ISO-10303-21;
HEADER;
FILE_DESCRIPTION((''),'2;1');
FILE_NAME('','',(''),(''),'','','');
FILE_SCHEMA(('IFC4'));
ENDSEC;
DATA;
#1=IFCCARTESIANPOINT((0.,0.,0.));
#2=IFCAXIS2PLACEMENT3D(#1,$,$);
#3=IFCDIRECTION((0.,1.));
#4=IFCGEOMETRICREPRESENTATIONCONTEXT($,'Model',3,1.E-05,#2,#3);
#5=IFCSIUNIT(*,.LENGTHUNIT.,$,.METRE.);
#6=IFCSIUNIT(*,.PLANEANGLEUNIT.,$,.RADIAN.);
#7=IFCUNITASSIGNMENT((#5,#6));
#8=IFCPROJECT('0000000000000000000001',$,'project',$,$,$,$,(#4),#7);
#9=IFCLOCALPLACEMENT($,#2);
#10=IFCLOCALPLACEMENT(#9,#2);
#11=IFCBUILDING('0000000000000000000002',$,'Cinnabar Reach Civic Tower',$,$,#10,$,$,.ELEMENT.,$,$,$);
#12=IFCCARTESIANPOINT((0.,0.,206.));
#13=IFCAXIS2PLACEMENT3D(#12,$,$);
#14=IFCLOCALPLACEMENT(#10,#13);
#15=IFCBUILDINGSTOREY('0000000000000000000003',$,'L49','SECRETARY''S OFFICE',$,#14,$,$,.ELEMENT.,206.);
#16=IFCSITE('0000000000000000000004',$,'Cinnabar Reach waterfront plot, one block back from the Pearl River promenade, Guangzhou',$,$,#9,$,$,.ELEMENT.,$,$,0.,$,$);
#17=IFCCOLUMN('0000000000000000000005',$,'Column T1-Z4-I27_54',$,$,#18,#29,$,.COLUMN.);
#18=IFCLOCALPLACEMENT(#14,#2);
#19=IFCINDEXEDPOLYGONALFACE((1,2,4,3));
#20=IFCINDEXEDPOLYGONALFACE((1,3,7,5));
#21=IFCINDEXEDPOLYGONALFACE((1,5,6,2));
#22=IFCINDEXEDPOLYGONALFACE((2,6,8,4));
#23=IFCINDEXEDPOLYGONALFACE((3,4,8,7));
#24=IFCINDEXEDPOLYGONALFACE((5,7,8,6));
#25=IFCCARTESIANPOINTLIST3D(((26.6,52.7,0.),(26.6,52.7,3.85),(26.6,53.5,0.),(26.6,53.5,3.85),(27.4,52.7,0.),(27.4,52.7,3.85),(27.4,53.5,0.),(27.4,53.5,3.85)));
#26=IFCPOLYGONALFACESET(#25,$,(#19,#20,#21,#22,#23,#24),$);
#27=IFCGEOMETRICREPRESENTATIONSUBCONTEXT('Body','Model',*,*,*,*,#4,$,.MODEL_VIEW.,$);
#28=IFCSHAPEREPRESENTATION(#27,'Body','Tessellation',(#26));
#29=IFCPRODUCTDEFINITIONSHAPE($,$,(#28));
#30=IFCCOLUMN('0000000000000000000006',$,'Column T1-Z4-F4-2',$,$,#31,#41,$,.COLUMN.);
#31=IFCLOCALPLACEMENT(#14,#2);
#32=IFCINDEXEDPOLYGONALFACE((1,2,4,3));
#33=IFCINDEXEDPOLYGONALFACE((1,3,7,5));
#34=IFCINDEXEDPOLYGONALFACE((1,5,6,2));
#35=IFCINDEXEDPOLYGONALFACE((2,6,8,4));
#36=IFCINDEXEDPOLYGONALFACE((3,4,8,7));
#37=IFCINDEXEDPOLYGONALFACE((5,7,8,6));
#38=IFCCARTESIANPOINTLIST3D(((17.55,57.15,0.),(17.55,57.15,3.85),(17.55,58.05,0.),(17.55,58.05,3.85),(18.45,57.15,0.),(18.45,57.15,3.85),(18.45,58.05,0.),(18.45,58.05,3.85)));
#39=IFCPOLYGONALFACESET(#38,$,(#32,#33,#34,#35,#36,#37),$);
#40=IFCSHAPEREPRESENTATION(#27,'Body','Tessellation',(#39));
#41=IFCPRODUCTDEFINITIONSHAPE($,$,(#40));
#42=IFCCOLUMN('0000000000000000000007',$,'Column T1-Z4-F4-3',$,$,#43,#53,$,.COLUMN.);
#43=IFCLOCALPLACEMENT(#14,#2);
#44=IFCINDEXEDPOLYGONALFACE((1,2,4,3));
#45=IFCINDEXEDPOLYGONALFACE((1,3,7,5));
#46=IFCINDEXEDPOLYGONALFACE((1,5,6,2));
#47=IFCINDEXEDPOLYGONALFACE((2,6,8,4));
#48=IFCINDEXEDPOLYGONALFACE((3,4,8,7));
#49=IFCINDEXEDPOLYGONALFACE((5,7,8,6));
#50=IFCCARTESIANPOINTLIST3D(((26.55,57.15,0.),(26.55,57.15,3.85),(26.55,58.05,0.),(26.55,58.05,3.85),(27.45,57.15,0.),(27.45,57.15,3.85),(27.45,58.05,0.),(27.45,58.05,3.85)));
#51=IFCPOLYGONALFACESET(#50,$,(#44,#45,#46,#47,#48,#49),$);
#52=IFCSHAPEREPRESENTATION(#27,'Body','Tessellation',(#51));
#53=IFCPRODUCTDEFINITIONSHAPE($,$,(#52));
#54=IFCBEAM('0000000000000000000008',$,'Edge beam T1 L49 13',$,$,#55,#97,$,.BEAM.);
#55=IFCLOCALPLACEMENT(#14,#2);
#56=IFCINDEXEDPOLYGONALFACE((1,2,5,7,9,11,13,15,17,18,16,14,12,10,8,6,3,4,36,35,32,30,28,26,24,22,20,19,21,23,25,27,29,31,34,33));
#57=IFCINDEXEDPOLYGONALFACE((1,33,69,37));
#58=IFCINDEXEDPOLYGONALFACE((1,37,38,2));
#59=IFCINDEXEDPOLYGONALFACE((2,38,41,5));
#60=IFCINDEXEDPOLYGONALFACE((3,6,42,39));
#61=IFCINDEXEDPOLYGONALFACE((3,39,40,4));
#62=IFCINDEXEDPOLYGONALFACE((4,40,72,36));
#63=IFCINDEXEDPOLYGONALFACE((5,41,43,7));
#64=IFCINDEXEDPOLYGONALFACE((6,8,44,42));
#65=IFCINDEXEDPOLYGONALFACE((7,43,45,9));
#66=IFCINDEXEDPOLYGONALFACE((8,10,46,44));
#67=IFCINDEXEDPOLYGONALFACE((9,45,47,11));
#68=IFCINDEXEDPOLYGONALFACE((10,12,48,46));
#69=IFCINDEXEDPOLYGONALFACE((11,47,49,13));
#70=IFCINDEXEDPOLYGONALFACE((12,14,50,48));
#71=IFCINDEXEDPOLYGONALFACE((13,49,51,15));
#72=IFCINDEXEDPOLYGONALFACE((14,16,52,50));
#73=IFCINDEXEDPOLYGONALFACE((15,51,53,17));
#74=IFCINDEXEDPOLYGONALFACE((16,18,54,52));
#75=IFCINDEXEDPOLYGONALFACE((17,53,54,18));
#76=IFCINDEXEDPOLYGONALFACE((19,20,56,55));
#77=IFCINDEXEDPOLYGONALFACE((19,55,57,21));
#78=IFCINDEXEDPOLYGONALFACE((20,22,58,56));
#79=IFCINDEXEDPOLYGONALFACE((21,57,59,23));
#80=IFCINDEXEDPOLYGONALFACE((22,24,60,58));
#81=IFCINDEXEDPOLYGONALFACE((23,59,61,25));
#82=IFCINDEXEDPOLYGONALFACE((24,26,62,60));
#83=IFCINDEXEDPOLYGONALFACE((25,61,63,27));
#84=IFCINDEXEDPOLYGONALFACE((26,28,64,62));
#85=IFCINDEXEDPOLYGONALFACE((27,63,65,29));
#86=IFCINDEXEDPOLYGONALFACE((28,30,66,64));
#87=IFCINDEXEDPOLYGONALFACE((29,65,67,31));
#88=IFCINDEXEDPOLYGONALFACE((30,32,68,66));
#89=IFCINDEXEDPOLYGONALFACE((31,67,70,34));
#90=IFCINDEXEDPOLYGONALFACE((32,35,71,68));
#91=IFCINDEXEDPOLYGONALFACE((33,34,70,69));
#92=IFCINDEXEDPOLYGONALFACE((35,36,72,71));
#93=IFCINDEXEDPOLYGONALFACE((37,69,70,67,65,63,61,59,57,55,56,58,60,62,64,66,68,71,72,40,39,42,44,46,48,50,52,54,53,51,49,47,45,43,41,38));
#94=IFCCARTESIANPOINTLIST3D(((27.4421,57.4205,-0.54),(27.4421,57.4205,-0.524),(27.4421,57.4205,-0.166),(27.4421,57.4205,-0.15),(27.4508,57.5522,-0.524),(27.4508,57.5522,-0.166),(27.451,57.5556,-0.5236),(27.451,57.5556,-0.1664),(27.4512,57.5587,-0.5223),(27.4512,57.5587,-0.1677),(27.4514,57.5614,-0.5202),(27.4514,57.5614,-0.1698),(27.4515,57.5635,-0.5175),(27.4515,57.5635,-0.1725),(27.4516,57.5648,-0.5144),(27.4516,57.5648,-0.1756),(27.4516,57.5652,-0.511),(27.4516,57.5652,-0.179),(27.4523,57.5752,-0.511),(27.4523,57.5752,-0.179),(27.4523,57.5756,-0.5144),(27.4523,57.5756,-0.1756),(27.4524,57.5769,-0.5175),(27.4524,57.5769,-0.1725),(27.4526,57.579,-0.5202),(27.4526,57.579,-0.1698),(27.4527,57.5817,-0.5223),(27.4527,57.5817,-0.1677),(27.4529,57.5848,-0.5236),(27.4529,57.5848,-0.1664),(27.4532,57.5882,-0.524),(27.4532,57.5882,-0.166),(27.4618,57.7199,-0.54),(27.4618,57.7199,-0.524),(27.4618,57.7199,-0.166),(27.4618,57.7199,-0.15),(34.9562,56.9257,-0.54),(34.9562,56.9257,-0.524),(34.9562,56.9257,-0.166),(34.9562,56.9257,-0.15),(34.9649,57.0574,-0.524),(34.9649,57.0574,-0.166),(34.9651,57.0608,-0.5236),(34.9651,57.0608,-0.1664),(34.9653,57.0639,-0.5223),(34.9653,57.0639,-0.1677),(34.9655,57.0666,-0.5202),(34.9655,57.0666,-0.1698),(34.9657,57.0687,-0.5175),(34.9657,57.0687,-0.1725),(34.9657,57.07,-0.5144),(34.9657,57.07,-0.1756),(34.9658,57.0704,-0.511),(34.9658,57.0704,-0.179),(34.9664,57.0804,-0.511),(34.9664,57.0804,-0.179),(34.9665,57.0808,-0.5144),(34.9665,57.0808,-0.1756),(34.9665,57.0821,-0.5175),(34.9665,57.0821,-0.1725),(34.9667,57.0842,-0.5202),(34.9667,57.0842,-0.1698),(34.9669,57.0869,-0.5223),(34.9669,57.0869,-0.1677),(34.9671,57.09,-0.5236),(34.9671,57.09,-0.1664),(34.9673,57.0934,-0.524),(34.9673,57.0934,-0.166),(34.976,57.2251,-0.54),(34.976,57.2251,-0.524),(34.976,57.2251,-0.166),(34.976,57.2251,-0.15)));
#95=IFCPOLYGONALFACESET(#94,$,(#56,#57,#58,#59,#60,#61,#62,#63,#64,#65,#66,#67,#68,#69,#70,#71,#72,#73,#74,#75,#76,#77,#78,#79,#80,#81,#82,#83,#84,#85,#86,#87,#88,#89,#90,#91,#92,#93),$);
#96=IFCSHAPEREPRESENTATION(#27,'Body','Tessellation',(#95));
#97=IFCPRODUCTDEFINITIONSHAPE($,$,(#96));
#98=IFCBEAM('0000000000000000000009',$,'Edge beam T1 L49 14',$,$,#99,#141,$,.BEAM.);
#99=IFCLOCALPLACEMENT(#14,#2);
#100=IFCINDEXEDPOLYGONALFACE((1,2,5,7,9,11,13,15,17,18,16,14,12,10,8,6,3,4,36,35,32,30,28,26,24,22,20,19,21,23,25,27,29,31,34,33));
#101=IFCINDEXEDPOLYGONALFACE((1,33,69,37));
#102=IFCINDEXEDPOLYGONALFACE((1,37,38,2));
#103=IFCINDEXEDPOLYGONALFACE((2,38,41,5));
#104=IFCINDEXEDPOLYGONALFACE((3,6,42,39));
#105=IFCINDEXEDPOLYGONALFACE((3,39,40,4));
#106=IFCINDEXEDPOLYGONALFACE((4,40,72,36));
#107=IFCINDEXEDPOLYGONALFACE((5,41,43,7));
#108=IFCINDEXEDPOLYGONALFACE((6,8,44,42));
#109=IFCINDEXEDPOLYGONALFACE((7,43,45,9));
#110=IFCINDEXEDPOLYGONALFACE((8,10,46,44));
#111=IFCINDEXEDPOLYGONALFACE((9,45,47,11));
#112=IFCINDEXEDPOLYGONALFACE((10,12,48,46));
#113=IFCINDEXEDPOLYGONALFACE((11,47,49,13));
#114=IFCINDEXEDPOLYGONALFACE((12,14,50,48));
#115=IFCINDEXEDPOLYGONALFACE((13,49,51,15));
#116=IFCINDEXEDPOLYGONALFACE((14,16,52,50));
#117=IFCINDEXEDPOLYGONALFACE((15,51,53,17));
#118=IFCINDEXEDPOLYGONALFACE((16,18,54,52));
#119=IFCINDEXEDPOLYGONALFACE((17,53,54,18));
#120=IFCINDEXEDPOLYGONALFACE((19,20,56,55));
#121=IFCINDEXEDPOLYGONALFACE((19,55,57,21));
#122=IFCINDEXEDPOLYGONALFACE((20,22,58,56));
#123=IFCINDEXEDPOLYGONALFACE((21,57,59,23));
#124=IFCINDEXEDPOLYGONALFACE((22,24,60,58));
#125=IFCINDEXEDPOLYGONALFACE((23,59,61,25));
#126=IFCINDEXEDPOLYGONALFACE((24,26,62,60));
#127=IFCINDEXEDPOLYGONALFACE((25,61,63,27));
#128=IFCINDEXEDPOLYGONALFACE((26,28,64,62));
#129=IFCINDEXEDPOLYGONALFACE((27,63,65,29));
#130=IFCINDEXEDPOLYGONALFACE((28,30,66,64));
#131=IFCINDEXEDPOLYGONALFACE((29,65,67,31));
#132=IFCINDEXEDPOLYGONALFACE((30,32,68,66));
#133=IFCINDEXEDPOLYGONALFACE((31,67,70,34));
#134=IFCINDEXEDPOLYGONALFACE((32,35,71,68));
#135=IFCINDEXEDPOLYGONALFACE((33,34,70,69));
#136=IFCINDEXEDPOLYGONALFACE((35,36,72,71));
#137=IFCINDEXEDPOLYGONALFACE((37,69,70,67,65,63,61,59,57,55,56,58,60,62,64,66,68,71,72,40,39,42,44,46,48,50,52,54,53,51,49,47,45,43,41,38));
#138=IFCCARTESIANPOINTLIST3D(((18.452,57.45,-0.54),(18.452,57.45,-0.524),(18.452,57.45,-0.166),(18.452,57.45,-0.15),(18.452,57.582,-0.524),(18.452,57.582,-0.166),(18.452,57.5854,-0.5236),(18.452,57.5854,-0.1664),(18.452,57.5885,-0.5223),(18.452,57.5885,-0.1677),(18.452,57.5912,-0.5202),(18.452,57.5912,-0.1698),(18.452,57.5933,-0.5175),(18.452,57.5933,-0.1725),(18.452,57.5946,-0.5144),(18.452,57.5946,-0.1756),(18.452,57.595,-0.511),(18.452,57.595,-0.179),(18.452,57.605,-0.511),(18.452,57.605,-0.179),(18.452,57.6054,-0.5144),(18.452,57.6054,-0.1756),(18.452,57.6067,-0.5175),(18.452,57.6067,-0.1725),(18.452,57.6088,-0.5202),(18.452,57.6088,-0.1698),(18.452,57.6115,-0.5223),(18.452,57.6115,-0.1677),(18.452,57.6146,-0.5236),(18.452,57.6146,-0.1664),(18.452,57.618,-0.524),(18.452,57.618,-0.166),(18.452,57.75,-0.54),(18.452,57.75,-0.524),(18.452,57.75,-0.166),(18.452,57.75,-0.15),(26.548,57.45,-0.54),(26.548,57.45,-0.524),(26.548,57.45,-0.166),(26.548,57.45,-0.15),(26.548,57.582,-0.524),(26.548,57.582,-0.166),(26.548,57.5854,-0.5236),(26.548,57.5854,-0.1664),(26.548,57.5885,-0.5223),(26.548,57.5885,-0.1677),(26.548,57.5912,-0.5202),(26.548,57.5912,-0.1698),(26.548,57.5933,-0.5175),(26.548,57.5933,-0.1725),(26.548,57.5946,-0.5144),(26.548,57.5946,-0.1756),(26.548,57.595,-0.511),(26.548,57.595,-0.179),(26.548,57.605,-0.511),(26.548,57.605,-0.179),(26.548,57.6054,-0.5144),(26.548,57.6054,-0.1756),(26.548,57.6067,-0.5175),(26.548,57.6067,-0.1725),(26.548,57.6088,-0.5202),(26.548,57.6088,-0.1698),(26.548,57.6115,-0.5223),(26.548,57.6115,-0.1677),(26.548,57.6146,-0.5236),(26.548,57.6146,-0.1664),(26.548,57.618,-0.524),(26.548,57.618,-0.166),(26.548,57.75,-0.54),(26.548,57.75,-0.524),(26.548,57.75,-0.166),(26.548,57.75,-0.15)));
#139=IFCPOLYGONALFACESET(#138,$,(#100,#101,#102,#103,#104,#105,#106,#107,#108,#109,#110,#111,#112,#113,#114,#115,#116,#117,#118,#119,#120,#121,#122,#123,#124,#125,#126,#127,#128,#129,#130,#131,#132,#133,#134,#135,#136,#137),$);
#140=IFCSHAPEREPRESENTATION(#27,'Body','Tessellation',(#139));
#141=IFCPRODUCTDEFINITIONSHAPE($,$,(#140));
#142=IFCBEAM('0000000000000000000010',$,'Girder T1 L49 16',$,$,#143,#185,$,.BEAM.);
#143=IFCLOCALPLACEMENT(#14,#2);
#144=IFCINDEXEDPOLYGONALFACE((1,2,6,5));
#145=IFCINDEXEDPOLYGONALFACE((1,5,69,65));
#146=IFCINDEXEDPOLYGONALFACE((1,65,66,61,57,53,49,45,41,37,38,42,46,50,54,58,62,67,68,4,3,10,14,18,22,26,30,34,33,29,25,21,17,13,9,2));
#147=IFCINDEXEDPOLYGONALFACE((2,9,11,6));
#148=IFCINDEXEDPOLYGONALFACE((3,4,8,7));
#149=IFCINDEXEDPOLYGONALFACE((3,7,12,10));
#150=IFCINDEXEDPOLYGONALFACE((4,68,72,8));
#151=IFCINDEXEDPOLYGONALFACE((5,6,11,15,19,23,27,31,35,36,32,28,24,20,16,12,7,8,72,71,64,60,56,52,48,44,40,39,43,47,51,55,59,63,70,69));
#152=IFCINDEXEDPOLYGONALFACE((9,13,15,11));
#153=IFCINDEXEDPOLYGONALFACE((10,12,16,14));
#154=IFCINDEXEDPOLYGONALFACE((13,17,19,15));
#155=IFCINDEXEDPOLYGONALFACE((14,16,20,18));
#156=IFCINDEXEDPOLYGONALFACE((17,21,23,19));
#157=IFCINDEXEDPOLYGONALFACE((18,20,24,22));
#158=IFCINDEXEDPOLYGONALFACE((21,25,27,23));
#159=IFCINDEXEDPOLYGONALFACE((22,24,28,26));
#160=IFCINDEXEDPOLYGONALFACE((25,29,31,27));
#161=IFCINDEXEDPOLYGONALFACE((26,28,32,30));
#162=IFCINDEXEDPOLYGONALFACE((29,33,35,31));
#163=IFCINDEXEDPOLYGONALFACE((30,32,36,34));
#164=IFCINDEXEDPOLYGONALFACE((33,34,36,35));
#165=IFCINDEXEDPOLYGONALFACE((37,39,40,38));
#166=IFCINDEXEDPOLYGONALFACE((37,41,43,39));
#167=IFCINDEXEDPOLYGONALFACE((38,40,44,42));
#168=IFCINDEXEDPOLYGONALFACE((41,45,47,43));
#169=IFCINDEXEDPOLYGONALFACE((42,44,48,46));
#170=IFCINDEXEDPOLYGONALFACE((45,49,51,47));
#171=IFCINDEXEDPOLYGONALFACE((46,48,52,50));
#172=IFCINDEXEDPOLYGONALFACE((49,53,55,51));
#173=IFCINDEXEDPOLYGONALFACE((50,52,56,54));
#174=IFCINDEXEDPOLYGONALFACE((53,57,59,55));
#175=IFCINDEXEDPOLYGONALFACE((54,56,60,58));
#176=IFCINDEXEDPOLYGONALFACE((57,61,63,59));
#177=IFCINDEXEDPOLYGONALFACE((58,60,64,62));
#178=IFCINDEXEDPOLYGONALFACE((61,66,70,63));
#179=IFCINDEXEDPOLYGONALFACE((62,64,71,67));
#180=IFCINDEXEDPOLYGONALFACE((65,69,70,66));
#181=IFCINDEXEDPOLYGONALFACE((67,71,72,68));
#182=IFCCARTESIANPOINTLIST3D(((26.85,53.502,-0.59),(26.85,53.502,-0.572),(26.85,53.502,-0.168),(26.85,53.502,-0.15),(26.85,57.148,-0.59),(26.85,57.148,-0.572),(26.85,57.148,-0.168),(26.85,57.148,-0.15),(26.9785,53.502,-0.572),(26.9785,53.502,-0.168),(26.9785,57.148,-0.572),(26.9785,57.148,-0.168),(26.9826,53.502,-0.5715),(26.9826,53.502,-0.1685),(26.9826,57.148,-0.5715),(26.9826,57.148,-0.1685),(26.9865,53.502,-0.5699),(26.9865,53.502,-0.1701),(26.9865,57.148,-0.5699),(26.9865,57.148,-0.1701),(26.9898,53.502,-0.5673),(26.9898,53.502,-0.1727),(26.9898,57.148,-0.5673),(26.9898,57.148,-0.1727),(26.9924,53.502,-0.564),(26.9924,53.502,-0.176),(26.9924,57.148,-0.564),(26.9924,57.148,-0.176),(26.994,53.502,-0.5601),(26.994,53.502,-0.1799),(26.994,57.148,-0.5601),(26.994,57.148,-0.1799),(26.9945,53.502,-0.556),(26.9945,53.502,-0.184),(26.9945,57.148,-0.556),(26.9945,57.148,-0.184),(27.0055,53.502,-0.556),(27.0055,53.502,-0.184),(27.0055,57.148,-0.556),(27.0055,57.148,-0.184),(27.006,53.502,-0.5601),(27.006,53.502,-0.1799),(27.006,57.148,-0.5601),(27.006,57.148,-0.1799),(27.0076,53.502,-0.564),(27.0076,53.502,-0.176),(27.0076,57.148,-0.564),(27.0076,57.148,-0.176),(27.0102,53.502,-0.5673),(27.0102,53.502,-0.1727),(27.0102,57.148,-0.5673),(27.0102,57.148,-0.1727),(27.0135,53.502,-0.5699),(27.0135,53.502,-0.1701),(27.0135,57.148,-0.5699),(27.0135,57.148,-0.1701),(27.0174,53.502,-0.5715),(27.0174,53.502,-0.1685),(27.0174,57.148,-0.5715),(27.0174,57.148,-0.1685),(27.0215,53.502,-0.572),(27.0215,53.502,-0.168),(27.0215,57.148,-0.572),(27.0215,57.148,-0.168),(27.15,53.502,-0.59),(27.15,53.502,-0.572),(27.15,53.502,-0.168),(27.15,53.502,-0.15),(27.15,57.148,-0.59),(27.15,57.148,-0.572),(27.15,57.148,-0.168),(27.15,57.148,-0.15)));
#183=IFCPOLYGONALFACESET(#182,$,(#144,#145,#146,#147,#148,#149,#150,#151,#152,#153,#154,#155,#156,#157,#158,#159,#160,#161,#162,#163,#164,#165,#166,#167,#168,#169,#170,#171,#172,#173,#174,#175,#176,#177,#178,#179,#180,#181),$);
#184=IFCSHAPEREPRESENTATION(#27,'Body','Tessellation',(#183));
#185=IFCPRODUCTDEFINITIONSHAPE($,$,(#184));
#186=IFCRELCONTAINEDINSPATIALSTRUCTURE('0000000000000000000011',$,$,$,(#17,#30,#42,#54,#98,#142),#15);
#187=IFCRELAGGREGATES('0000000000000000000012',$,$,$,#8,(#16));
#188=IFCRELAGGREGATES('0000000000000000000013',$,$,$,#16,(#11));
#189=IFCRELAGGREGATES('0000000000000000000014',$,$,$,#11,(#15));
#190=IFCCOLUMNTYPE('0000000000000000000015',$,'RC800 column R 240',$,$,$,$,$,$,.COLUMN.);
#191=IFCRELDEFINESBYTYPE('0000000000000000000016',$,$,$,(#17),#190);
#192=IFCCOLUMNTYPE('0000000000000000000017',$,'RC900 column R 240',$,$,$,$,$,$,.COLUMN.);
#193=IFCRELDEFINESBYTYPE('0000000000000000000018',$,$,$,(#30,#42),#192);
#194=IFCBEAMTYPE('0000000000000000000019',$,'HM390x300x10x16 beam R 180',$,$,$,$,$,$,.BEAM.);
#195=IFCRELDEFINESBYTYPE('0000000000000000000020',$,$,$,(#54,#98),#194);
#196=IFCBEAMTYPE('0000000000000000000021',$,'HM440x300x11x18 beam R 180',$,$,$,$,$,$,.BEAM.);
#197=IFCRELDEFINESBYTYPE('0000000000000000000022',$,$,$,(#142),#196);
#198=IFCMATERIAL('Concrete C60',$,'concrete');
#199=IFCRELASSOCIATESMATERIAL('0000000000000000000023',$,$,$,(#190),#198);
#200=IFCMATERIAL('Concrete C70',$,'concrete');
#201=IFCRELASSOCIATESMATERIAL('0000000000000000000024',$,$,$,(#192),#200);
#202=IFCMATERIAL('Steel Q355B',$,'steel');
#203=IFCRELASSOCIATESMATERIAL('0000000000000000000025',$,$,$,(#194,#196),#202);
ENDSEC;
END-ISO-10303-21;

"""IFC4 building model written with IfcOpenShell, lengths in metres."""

from ifc_helpers import new_model, si_unit, direction, frame, origin, origin_2d, place, context, subcontext, project, spatial, rectangle, i_section, extrude, material, material_profile, profile_set, type_object, element, save


model = new_model("IFC4")

# Units and contexts
model_context = context("Model", 3, precision=1e-05, world=origin(), true_north=direction((0.0, 1.0)))
body_context = subcontext(model_context, "Body", "Model", "MODEL_VIEW")
ifc_project = project(units=[si_unit("LENGTHUNIT", "METRE"), si_unit("PLANEANGLEUNIT", "RADIAN")], contexts=[model_context])

# Site, building, storey
site_placement = place(None, origin())
site = spatial("IfcSite", under=ifc_project, at=site_placement, Name="Cinnabar Reach waterfront plot, one block back from the Pearl River promenade, Guangzhou", CompositionType="ELEMENT", RefElevation=0.0)
building_placement = place(site_placement, origin())
building = spatial("IfcBuilding", under=site, at=building_placement, Name="Cinnabar Reach Civic Tower", CompositionType="ELEMENT")
storey_placement = place(building_placement, frame((0.0, 0.0, 206.0)))
storey = spatial("IfcBuildingStorey", under=building, at=storey_placement, Name="L49", Description="SECRETARY'S OFFICE", CompositionType="ELEMENT", Elevation=206.0)

# Columns
ifc_material_1 = material(Name="Concrete C60", Category="concrete")
ifc_material_profile_1 = material_profile(ifc_material_1, rectangle(XDim=0.8, YDim=0.8, at=origin_2d()), Name="RC800")
ifc_profile_set_1 = profile_set([ifc_material_profile_1], Name="Concrete C60")
column_type_1 = type_object("IfcColumnType", Name="RC800 column R 240", PredefinedType="COLUMN", material=ifc_profile_set_1)
column_placement = place(storey_placement, frame((27.0, 53.1, 0.0), z_axis=(0.0, 0.0, 1.0), x_axis=(1.0, 0.0, 0.0)))
element("IfcColumn", 1, at=column_placement, inside=storey, type_object=column_type_1, Name="Column T1-Z4-I27_54", PredefinedType="COLUMN", context=body_context, shape_type="SweptSolid", body=[
    extrude(rectangle(XDim=0.8, YDim=0.8, at=origin_2d()), origin(), (0.0, 0.0, 1.0), 3.85),
])
ifc_material_2 = material(Name="Concrete C70", Category="concrete")
ifc_material_profile_2 = material_profile(ifc_material_2, rectangle(XDim=0.9, YDim=0.9, at=origin_2d()), Name="RC900")
ifc_profile_set_2 = profile_set([ifc_material_profile_2], Name="Concrete C70")
column_type_2 = type_object("IfcColumnType", Name="RC900 column R 240", PredefinedType="COLUMN", material=ifc_profile_set_2)
for number, where, z_axis, x_axis, name in (
    (2, (18.0, 57.6, 0.0), (0.0, 0.0, 1.0), (1.0, 0.0, 0.0), "Column T1-Z4-F4-2"),
    (3, (27.0, 57.6, 0.0), (0.0, 0.0, 1.0), (1.0, 0.0, 0.0), "Column T1-Z4-F4-3"),
):
    element("IfcColumn", number, at=place(storey_placement, frame(where, z_axis=z_axis, x_axis=x_axis)), inside=storey, type_object=column_type_2, Name=name, PredefinedType="COLUMN", context=body_context, shape_type="SweptSolid", body=[
        extrude(rectangle(XDim=0.9, YDim=0.9, at=origin_2d()), origin(), (0.0, 0.0, 1.0), 3.85),
    ])

# Beams
ifc_material_3 = material(Name="Steel Q355B", Category="steel")
ifc_material_profile_3 = material_profile(ifc_material_3, i_section(OverallWidth=0.3, OverallDepth=0.39, WebThickness=0.01, FlangeThickness=0.016, FilletRadius=0.013, at=origin_2d()), Name="HM390x300x10x16")
ifc_profile_set_3 = profile_set([ifc_material_profile_3], Name="Steel Q355B")
beam_type_1 = type_object("IfcBeamType", Name="HM390x300x10x16 beam R 180", PredefinedType="BEAM", material=ifc_profile_set_3)
beam_1_placement = place(storey_placement, frame((34.9661, 57.0754, -0.345), z_axis=(-0.997839, 0.065707, 0.0), x_axis=(-0.065707, -0.997839, 0.0)))
element("IfcBeam", 4, at=beam_1_placement, inside=storey, type_object=beam_type_1, Name="Edge beam T1 L49 13", PredefinedType="BEAM", context=body_context, shape_type="SweptSolid", body=[
    extrude(i_section(OverallWidth=0.3, OverallDepth=0.39, WebThickness=0.01, FlangeThickness=0.016, FilletRadius=0.013, at=origin_2d()), origin(), (0.0, 0.0, 1.0), 7.5304),
])
beam_2_placement = place(storey_placement, frame((26.548, 57.6, -0.345), z_axis=(-1.0, 0.0, 0.0), x_axis=(0.0, -1.0, 0.0)))
element("IfcBeam", 5, at=beam_2_placement, inside=storey, type_object=beam_type_1, Name="Edge beam T1 L49 14", PredefinedType="BEAM", context=body_context, shape_type="SweptSolid", body=[
    extrude(i_section(OverallWidth=0.3, OverallDepth=0.39, WebThickness=0.01, FlangeThickness=0.016, FilletRadius=0.013, at=origin_2d()), origin(), (0.0, 0.0, 1.0), 8.096),
])
ifc_material_profile_4 = material_profile(ifc_material_3, i_section(OverallWidth=0.3, OverallDepth=0.44, WebThickness=0.011, FlangeThickness=0.018, FilletRadius=0.016, at=origin_2d()), Name="HM440x300x11x18")
ifc_profile_set_4 = profile_set([ifc_material_profile_4], Name="Steel Q355B")
beam_type_2 = type_object("IfcBeamType", Name="HM440x300x11x18 beam R 180", PredefinedType="BEAM", material=ifc_profile_set_4)
beam_3_placement = place(storey_placement, frame((27.0, 53.502, -0.37), z_axis=(0.0, 1.0, 0.0), x_axis=(-1.0, 0.0, 0.0)))
element("IfcBeam", 6, at=beam_3_placement, inside=storey, type_object=beam_type_2, Name="Girder T1 L49 16", PredefinedType="BEAM", context=body_context, shape_type="SweptSolid", body=[
    extrude(i_section(OverallWidth=0.3, OverallDepth=0.44, WebThickness=0.011, FlangeThickness=0.018, FilletRadius=0.016, at=origin_2d()), origin(), (0.0, 0.0, 1.0), 3.646),
])

save(model, "model.ifc")
